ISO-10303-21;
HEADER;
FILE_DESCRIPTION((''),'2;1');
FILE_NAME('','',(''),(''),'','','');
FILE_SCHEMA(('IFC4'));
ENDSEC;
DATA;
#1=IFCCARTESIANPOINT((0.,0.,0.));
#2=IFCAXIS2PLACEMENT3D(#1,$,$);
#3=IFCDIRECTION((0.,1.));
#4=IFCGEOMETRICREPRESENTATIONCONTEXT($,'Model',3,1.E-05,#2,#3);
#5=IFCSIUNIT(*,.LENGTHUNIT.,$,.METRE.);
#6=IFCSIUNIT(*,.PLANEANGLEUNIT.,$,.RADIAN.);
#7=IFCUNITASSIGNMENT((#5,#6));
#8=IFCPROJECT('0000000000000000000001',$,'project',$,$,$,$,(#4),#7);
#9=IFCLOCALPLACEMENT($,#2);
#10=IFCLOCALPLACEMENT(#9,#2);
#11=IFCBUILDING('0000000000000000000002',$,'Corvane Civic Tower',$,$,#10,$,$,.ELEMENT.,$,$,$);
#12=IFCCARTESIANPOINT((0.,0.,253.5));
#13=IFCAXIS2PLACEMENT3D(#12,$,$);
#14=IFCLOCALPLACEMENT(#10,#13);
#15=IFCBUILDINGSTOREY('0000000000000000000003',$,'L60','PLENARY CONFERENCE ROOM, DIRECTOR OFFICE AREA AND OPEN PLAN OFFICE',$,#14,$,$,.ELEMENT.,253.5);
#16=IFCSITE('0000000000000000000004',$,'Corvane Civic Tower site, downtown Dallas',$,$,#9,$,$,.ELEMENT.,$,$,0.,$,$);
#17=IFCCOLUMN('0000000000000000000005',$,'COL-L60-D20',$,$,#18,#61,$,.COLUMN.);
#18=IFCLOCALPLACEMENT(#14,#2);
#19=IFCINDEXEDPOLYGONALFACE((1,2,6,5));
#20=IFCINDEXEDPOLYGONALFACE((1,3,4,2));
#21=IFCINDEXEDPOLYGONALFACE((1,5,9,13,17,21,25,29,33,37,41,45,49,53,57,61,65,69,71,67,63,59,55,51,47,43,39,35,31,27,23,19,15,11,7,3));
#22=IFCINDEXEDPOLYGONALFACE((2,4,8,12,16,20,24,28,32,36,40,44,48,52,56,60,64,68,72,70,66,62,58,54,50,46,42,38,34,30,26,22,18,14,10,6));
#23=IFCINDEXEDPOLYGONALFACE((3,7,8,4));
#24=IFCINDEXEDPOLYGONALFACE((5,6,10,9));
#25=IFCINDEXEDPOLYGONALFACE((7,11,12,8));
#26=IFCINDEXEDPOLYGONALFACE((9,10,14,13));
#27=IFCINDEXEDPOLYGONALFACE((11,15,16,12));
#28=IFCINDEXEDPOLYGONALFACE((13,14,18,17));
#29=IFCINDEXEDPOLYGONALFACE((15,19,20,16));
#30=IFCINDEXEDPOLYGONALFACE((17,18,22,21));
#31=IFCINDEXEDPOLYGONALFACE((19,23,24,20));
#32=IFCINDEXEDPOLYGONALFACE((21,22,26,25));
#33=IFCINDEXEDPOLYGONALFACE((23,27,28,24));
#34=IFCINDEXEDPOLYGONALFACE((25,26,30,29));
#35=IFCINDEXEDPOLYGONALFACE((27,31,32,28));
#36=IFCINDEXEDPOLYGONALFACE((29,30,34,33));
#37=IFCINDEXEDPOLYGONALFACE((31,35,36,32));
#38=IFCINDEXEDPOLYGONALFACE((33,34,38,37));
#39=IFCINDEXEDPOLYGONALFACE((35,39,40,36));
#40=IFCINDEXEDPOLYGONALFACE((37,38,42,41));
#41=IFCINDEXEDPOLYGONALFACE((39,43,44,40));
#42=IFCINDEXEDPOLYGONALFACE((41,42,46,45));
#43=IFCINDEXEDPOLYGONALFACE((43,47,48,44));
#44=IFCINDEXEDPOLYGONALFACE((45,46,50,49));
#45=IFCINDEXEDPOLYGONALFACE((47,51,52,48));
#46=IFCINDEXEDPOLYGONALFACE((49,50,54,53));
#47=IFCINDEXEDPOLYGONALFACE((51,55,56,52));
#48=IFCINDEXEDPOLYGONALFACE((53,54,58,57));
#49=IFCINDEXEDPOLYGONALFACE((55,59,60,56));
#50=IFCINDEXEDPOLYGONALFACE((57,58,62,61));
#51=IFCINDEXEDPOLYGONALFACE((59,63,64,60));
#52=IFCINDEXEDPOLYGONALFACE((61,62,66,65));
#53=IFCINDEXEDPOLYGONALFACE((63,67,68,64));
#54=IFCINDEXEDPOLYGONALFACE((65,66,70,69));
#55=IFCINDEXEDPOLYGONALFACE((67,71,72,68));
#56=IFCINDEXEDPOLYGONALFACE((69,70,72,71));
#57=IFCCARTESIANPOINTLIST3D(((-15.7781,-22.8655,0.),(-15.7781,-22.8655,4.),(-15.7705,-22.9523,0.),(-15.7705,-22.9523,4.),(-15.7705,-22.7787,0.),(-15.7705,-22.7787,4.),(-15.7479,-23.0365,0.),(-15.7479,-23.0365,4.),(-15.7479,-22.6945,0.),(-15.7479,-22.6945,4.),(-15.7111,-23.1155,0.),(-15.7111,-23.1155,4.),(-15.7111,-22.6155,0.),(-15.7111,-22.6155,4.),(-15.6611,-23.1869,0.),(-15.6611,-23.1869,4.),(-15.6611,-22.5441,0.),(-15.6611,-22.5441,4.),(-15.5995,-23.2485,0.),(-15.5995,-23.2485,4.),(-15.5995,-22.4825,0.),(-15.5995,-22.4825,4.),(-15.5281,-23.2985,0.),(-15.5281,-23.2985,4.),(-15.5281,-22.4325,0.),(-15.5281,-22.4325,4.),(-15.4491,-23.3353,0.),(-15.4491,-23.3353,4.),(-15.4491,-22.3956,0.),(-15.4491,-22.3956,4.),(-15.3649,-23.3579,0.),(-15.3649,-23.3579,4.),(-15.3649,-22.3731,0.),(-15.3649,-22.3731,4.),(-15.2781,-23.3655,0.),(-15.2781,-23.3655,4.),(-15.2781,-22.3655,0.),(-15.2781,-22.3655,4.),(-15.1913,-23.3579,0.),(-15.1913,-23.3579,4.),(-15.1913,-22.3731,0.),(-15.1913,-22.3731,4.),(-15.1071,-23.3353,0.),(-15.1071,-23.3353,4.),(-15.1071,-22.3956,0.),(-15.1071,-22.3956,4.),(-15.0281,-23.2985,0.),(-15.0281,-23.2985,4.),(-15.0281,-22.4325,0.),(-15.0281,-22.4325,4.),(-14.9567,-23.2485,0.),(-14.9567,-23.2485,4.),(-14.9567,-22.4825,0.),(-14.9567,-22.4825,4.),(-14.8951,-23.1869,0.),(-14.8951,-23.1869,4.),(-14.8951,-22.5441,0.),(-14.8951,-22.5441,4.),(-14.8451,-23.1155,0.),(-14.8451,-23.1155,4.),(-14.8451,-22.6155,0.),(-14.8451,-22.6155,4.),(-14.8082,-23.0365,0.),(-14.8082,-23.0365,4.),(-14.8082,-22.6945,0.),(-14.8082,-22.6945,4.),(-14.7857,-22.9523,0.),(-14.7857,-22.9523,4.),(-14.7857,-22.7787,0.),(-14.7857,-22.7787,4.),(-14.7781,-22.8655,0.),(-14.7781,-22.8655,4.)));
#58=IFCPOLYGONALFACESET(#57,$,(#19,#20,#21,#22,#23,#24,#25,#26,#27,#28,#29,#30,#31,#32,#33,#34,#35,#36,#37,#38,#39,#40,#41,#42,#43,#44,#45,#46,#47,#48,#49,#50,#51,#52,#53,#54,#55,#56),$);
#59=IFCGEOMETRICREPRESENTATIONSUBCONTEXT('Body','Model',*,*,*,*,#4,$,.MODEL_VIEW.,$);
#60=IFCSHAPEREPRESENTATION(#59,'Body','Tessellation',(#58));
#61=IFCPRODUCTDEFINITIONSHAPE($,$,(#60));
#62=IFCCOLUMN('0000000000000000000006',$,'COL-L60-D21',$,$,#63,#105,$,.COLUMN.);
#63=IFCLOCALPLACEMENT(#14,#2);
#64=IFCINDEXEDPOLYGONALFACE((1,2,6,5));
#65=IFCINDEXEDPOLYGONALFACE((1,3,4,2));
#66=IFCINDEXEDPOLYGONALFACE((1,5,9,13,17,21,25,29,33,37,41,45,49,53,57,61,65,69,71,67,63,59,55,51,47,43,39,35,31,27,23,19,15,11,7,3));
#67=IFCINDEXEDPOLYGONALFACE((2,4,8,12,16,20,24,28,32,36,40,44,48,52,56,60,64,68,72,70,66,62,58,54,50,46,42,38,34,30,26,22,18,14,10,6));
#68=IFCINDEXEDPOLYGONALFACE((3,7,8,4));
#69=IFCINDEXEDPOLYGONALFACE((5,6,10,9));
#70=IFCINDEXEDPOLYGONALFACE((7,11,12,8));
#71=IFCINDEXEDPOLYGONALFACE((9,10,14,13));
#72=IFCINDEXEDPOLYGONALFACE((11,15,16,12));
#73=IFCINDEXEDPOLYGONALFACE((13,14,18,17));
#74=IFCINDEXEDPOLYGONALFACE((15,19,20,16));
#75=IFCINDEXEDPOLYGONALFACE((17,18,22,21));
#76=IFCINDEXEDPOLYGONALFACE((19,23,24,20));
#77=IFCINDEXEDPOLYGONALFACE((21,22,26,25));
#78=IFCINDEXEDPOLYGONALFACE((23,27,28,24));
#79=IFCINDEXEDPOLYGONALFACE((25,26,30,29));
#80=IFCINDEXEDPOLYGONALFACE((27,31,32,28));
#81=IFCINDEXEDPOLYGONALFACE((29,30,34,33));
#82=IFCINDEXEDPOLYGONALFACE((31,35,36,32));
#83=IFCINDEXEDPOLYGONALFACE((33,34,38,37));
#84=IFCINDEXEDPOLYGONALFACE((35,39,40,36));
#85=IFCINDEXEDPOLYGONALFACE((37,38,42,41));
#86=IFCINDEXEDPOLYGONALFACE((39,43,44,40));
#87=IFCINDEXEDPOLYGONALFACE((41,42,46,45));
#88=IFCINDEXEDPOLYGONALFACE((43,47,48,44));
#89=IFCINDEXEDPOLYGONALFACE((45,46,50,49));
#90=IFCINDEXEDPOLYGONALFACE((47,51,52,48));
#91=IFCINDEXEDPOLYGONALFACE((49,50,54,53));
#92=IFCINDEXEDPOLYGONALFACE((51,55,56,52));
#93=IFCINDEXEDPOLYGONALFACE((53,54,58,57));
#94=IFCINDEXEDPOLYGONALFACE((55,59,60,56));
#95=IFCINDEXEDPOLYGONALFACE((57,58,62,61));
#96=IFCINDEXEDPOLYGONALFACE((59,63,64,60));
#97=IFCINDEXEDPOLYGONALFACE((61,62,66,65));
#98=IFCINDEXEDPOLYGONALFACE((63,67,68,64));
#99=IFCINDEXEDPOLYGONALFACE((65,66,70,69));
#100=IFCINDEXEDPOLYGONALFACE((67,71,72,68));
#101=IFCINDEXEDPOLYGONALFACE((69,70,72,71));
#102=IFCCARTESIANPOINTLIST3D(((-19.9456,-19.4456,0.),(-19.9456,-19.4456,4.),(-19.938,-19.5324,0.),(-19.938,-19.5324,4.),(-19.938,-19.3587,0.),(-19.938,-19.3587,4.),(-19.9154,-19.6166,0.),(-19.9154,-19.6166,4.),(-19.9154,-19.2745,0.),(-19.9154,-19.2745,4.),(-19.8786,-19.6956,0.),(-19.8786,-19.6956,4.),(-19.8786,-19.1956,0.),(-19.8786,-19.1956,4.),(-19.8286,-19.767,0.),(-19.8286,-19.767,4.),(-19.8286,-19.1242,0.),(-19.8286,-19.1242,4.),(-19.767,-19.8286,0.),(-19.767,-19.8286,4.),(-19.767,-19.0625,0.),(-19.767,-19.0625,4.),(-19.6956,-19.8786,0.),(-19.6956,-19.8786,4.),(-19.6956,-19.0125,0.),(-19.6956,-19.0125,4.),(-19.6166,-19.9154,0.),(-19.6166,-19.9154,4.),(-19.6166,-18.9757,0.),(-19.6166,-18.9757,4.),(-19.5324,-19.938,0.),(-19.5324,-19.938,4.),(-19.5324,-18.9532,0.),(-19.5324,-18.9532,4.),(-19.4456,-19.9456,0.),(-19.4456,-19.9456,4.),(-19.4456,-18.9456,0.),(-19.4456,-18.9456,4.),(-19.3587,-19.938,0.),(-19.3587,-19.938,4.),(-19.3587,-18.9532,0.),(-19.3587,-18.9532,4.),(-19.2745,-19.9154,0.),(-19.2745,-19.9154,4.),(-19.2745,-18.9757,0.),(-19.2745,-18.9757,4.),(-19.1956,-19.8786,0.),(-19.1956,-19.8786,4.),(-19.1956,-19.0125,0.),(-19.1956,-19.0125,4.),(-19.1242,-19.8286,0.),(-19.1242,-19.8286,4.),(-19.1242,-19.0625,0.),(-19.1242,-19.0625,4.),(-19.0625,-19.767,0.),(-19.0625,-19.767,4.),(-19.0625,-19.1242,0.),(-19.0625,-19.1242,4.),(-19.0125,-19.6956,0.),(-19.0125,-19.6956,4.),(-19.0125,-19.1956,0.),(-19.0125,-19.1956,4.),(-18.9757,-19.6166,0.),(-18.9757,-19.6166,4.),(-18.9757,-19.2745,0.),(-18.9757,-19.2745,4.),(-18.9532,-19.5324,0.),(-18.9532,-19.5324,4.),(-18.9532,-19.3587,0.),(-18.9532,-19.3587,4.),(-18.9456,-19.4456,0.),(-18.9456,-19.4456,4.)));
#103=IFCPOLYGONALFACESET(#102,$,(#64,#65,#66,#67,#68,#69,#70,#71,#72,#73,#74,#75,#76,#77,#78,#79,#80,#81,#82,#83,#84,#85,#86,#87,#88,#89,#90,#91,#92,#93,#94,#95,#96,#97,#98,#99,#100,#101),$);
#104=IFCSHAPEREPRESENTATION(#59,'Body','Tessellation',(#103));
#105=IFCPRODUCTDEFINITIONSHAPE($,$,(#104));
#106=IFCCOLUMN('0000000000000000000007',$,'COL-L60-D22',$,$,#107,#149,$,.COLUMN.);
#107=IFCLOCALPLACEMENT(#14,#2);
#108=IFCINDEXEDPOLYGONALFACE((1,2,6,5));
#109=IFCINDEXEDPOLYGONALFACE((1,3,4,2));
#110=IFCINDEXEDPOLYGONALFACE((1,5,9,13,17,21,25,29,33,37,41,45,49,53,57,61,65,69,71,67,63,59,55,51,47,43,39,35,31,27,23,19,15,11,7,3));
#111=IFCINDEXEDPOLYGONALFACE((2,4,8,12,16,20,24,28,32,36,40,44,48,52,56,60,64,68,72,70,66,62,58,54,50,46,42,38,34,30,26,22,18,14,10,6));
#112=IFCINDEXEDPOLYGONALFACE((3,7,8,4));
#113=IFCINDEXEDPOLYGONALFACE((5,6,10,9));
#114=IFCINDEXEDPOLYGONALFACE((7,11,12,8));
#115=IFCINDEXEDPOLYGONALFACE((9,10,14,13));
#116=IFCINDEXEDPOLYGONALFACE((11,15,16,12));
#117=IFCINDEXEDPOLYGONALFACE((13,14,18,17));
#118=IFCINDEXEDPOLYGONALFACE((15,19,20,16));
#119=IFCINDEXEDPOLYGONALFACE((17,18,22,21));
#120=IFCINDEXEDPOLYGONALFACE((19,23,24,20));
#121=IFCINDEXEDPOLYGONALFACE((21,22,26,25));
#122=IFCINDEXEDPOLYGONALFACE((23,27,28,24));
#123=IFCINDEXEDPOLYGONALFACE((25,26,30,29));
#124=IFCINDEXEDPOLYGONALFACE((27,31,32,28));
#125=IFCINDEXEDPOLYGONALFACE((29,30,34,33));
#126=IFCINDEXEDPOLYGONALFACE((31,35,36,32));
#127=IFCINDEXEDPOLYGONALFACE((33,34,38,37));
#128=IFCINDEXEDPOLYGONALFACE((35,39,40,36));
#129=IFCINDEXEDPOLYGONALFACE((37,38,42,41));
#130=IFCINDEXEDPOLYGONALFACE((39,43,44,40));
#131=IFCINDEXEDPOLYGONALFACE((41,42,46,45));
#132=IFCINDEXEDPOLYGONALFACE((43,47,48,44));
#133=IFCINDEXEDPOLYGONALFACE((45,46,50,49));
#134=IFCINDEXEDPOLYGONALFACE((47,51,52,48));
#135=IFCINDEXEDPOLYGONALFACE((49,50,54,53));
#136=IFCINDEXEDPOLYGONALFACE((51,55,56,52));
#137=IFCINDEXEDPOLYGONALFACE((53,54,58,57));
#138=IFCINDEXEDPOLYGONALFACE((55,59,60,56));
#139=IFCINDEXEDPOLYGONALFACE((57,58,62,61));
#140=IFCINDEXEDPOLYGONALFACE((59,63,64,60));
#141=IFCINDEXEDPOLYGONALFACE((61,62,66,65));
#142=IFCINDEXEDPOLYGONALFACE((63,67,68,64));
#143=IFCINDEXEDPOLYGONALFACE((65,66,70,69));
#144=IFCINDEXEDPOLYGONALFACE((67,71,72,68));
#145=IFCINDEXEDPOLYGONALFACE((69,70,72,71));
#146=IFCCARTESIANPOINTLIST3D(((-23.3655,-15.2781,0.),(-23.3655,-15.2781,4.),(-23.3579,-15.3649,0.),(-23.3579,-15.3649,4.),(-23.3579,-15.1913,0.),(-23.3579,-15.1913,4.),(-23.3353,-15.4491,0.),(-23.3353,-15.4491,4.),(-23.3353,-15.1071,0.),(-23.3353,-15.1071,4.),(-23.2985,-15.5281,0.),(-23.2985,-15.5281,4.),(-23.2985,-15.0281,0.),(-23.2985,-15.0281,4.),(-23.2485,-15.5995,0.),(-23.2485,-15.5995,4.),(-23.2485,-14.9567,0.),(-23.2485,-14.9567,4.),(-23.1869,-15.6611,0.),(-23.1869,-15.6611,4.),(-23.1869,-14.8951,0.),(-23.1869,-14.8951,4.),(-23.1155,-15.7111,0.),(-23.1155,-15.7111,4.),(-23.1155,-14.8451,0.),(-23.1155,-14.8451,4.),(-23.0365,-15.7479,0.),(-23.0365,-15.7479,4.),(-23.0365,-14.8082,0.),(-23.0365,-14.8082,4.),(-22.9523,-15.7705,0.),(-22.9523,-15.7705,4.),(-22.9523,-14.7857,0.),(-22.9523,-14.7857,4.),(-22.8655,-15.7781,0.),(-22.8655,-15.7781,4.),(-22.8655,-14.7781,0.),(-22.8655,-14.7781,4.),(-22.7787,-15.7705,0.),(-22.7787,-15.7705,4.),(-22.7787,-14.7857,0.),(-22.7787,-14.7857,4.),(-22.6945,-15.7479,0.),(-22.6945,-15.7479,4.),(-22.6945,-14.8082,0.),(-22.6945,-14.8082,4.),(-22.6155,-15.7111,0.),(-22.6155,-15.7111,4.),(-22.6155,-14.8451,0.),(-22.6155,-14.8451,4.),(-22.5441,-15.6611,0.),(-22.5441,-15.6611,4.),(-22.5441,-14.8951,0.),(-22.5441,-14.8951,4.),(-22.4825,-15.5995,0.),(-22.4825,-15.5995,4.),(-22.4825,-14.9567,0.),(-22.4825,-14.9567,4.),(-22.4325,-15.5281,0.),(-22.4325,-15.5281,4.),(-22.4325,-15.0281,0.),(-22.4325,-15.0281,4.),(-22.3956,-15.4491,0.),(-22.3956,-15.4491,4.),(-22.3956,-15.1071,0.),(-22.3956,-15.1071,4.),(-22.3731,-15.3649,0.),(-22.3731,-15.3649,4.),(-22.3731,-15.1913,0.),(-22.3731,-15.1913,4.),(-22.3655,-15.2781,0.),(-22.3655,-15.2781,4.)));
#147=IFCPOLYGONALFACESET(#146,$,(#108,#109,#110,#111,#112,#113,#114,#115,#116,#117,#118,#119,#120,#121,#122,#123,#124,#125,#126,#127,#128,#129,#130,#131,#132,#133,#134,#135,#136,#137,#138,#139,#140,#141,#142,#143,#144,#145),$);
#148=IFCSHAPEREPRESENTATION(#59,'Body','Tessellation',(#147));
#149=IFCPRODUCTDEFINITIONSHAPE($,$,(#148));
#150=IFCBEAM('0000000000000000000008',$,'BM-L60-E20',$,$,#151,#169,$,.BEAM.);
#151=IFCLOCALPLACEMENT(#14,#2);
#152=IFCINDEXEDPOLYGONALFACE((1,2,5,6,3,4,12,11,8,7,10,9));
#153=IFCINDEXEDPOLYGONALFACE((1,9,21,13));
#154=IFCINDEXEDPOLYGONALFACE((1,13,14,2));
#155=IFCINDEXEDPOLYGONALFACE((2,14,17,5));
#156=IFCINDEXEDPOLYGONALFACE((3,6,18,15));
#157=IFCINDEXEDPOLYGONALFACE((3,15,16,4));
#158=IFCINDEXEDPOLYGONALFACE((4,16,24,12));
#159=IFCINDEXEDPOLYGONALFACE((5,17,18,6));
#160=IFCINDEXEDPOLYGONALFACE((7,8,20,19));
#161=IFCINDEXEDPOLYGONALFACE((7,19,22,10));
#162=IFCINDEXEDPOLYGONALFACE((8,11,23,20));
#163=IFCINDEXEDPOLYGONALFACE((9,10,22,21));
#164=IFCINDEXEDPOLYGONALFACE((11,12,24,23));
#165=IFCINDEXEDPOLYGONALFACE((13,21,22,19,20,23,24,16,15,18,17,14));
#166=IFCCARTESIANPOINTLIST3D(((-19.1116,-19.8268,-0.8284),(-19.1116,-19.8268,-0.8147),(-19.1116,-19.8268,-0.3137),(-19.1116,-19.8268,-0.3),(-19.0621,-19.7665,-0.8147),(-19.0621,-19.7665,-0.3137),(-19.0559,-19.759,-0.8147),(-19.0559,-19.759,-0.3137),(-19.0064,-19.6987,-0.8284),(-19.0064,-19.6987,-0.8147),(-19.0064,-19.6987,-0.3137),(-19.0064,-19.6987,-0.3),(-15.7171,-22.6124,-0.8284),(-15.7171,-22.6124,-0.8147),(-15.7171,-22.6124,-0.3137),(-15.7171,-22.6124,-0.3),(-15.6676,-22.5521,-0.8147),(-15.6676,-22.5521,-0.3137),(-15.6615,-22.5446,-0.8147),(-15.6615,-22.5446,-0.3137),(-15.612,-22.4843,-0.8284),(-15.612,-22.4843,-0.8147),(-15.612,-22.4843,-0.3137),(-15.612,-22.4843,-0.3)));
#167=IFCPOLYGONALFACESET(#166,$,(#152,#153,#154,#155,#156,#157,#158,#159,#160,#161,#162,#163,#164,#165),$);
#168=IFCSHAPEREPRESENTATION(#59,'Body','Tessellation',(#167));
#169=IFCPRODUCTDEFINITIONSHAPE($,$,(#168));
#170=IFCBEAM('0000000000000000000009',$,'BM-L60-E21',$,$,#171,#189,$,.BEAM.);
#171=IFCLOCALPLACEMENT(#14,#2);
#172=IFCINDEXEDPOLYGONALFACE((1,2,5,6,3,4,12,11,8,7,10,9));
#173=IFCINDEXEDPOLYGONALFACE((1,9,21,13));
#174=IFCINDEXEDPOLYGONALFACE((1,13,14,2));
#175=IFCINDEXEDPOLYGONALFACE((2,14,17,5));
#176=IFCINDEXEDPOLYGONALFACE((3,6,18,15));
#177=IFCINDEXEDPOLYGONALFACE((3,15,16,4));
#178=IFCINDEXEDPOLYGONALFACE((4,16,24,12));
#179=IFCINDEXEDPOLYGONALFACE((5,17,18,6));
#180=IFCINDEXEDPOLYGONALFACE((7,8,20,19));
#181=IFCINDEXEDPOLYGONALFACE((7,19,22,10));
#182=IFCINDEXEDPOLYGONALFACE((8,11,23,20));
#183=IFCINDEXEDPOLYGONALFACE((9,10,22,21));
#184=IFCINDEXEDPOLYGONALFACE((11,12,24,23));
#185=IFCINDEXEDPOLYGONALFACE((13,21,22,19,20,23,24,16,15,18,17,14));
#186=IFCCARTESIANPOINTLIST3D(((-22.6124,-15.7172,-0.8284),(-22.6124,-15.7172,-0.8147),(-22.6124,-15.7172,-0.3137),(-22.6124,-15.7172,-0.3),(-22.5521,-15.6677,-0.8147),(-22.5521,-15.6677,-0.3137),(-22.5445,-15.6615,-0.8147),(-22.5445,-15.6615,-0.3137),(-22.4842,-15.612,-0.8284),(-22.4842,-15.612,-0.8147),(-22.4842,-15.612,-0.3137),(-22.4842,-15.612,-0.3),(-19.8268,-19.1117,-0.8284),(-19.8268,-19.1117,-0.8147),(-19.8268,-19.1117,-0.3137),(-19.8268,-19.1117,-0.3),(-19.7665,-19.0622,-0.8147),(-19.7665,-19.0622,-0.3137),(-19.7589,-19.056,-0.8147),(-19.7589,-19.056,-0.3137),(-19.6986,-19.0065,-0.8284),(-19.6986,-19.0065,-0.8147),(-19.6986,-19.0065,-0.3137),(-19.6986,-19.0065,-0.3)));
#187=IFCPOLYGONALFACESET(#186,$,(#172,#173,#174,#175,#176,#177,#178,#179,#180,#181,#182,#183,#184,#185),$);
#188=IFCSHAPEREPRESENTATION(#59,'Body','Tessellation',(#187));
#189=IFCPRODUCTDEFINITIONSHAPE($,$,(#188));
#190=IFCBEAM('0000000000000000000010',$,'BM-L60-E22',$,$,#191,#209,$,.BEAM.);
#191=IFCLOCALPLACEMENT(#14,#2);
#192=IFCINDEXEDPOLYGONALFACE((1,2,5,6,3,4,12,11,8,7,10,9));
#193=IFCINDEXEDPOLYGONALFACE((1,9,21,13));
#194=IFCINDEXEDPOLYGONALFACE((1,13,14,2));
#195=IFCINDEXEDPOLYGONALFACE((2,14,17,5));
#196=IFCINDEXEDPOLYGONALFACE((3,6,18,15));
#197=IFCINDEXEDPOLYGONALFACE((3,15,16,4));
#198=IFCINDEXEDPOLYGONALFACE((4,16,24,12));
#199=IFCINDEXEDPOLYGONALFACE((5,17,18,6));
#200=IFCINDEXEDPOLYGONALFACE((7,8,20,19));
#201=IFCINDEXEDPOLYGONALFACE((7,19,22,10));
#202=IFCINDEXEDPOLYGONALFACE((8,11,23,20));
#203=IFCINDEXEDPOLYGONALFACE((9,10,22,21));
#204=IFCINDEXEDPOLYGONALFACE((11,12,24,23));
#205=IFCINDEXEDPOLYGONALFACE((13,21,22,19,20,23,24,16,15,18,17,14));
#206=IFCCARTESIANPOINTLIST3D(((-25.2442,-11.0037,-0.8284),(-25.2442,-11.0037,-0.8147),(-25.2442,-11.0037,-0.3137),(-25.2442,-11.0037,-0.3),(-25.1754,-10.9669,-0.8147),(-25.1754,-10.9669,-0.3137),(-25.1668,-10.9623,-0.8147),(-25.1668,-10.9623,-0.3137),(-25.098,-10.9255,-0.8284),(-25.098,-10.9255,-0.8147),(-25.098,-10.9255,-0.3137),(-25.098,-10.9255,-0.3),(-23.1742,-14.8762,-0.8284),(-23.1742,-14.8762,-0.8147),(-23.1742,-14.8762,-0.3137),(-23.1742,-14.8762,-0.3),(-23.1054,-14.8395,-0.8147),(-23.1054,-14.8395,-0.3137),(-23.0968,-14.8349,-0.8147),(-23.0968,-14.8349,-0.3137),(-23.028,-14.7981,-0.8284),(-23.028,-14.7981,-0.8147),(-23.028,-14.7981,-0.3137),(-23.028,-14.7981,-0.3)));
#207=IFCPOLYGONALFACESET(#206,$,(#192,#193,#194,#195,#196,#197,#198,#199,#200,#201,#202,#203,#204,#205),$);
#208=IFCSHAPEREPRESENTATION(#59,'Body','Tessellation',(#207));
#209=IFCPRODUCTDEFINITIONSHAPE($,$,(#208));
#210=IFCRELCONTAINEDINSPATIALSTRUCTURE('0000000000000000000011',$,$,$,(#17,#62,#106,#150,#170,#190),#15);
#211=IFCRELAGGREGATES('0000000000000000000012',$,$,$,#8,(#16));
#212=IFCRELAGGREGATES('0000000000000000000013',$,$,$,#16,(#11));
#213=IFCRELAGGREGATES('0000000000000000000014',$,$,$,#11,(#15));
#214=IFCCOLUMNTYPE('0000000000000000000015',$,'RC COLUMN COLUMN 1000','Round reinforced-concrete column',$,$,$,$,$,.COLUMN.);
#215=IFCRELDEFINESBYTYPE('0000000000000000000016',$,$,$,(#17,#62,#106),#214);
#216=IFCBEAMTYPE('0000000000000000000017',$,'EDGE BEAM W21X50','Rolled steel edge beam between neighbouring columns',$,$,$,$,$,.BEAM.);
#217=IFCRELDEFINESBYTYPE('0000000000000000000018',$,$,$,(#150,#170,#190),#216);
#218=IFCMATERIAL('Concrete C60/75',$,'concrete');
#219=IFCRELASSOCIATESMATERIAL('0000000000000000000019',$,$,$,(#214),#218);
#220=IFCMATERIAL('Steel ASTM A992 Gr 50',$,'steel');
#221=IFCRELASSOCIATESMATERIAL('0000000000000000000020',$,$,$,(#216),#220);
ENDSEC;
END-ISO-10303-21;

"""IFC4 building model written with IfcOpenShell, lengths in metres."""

from ifc_helpers import new_model, si_unit, direction, frame, origin, origin_2d, place, context, subcontext, project, spatial, circle, i_section, extrude, material, material_profile, profile_set, type_object, element, save


model = new_model("IFC4")

# Units and contexts
model_context = context("Model", 3, precision=1e-05, world=origin(), true_north=direction((0.0, 1.0)))
body_context = subcontext(model_context, "Body", "Model", "MODEL_VIEW")
ifc_project = project(units=[si_unit("LENGTHUNIT", "METRE"), si_unit("PLANEANGLEUNIT", "RADIAN")], contexts=[model_context])

# Site, building, storey
site_placement = place(None, origin())
site = spatial("IfcSite", under=ifc_project, at=site_placement, Name="Corvane Civic Tower site, downtown Dallas", CompositionType="ELEMENT", RefElevation=0.0)
building_placement = place(site_placement, origin())
building = spatial("IfcBuilding", under=site, at=building_placement, Name="Corvane Civic Tower", CompositionType="ELEMENT")
storey_placement = place(building_placement, frame((0.0, 0.0, 253.5)))
storey = spatial("IfcBuildingStorey", under=building, at=storey_placement, Name="L60", Description="PLENARY CONFERENCE ROOM, DIRECTOR OFFICE AREA AND OPEN PLAN OFFICE", CompositionType="ELEMENT", Elevation=253.5)

# Columns
ifc_material_1 = material(Name="Concrete C60/75", Category="concrete")
ifc_material_profile_1 = material_profile(ifc_material_1, circle(Radius=0.5, at=origin_2d()), Name="COLUMN 1000")
ifc_profile_set_1 = profile_set([ifc_material_profile_1], Name="Concrete C60/75")
column_type = type_object("IfcColumnType", Name="RC COLUMN COLUMN 1000", Description="Round reinforced-concrete column", PredefinedType="COLUMN", material=ifc_profile_set_1)
for number, where, z_axis, x_axis, name in (
    (1, (-15.2781, -22.8655, 0.0), (0.0, 0.0, 1.0), (1.0, 0.0, 0.0), "COL-L60-D20"),
    (2, (-19.4456, -19.4456, 0.0), (0.0, 0.0, 1.0), (1.0, 0.0, 0.0), "COL-L60-D21"),
    (3, (-22.8655, -15.2781, 0.0), (0.0, 0.0, 1.0), (1.0, 0.0, 0.0), "COL-L60-D22"),
):
    element("IfcColumn", number, at=place(storey_placement, frame(where, z_axis=z_axis, x_axis=x_axis)), inside=storey, type_object=column_type, Name=name, PredefinedType="COLUMN", context=body_context, shape_type="SweptSolid", body=[
        extrude(circle(Radius=0.5, at=origin_2d()), origin(), (0.0, 0.0, 1.0), 4.0),
    ])

# Beams
ifc_material_2 = material(Name="Steel ASTM A992 Gr 50", Category="steel")
ifc_material_profile_2 = material_profile(ifc_material_2, i_section(OverallWidth=0.1658, OverallDepth=0.5283, WebThickness=0.0098, FlangeThickness=0.0137, at=origin_2d()), Name="W21X50")
ifc_profile_set_2 = profile_set([ifc_material_profile_2], Name="Steel ASTM A992 Gr 50")
beam_type_1 = type_object("IfcBeamType", Name="EDGE BEAM W21X50", Description="Rolled steel edge beam between neighbouring columns", PredefinedType="BEAM", material=ifc_profile_set_2)
for number, where, z_axis, x_axis, name in (
    (4, (-15.6646, -22.5483, -0.5642), (-0.77303, 0.634369, 0.0), (-0.634369, -0.77303, 0.0), "BM-L60-E20"),
    (5, (-19.7627, -19.0591, -0.5642), (-0.634369, 0.77303, 0.0), (-0.77303, -0.634369, 0.0), "BM-L60-E21"),
    (6, (-23.1011, -14.8372, -0.5642), (-0.471422, 0.881908, 0.0), (-0.881908, -0.471422, 0.0), "BM-L60-E22"),
):
    element("IfcBeam", number, at=place(storey_placement, frame(where, z_axis=z_axis, x_axis=x_axis)), inside=storey, type_object=beam_type_1, Name=name, PredefinedType="BEAM", context=body_context, shape_type="SweptSolid", body=[
        extrude(i_section(OverallWidth=0.1658, OverallDepth=0.5283, WebThickness=0.0098, FlangeThickness=0.0137, at=origin_2d()), origin(), (0.0, 0.0, 1.0), 4.3911),
    ])

save(model, "model.ifc")
